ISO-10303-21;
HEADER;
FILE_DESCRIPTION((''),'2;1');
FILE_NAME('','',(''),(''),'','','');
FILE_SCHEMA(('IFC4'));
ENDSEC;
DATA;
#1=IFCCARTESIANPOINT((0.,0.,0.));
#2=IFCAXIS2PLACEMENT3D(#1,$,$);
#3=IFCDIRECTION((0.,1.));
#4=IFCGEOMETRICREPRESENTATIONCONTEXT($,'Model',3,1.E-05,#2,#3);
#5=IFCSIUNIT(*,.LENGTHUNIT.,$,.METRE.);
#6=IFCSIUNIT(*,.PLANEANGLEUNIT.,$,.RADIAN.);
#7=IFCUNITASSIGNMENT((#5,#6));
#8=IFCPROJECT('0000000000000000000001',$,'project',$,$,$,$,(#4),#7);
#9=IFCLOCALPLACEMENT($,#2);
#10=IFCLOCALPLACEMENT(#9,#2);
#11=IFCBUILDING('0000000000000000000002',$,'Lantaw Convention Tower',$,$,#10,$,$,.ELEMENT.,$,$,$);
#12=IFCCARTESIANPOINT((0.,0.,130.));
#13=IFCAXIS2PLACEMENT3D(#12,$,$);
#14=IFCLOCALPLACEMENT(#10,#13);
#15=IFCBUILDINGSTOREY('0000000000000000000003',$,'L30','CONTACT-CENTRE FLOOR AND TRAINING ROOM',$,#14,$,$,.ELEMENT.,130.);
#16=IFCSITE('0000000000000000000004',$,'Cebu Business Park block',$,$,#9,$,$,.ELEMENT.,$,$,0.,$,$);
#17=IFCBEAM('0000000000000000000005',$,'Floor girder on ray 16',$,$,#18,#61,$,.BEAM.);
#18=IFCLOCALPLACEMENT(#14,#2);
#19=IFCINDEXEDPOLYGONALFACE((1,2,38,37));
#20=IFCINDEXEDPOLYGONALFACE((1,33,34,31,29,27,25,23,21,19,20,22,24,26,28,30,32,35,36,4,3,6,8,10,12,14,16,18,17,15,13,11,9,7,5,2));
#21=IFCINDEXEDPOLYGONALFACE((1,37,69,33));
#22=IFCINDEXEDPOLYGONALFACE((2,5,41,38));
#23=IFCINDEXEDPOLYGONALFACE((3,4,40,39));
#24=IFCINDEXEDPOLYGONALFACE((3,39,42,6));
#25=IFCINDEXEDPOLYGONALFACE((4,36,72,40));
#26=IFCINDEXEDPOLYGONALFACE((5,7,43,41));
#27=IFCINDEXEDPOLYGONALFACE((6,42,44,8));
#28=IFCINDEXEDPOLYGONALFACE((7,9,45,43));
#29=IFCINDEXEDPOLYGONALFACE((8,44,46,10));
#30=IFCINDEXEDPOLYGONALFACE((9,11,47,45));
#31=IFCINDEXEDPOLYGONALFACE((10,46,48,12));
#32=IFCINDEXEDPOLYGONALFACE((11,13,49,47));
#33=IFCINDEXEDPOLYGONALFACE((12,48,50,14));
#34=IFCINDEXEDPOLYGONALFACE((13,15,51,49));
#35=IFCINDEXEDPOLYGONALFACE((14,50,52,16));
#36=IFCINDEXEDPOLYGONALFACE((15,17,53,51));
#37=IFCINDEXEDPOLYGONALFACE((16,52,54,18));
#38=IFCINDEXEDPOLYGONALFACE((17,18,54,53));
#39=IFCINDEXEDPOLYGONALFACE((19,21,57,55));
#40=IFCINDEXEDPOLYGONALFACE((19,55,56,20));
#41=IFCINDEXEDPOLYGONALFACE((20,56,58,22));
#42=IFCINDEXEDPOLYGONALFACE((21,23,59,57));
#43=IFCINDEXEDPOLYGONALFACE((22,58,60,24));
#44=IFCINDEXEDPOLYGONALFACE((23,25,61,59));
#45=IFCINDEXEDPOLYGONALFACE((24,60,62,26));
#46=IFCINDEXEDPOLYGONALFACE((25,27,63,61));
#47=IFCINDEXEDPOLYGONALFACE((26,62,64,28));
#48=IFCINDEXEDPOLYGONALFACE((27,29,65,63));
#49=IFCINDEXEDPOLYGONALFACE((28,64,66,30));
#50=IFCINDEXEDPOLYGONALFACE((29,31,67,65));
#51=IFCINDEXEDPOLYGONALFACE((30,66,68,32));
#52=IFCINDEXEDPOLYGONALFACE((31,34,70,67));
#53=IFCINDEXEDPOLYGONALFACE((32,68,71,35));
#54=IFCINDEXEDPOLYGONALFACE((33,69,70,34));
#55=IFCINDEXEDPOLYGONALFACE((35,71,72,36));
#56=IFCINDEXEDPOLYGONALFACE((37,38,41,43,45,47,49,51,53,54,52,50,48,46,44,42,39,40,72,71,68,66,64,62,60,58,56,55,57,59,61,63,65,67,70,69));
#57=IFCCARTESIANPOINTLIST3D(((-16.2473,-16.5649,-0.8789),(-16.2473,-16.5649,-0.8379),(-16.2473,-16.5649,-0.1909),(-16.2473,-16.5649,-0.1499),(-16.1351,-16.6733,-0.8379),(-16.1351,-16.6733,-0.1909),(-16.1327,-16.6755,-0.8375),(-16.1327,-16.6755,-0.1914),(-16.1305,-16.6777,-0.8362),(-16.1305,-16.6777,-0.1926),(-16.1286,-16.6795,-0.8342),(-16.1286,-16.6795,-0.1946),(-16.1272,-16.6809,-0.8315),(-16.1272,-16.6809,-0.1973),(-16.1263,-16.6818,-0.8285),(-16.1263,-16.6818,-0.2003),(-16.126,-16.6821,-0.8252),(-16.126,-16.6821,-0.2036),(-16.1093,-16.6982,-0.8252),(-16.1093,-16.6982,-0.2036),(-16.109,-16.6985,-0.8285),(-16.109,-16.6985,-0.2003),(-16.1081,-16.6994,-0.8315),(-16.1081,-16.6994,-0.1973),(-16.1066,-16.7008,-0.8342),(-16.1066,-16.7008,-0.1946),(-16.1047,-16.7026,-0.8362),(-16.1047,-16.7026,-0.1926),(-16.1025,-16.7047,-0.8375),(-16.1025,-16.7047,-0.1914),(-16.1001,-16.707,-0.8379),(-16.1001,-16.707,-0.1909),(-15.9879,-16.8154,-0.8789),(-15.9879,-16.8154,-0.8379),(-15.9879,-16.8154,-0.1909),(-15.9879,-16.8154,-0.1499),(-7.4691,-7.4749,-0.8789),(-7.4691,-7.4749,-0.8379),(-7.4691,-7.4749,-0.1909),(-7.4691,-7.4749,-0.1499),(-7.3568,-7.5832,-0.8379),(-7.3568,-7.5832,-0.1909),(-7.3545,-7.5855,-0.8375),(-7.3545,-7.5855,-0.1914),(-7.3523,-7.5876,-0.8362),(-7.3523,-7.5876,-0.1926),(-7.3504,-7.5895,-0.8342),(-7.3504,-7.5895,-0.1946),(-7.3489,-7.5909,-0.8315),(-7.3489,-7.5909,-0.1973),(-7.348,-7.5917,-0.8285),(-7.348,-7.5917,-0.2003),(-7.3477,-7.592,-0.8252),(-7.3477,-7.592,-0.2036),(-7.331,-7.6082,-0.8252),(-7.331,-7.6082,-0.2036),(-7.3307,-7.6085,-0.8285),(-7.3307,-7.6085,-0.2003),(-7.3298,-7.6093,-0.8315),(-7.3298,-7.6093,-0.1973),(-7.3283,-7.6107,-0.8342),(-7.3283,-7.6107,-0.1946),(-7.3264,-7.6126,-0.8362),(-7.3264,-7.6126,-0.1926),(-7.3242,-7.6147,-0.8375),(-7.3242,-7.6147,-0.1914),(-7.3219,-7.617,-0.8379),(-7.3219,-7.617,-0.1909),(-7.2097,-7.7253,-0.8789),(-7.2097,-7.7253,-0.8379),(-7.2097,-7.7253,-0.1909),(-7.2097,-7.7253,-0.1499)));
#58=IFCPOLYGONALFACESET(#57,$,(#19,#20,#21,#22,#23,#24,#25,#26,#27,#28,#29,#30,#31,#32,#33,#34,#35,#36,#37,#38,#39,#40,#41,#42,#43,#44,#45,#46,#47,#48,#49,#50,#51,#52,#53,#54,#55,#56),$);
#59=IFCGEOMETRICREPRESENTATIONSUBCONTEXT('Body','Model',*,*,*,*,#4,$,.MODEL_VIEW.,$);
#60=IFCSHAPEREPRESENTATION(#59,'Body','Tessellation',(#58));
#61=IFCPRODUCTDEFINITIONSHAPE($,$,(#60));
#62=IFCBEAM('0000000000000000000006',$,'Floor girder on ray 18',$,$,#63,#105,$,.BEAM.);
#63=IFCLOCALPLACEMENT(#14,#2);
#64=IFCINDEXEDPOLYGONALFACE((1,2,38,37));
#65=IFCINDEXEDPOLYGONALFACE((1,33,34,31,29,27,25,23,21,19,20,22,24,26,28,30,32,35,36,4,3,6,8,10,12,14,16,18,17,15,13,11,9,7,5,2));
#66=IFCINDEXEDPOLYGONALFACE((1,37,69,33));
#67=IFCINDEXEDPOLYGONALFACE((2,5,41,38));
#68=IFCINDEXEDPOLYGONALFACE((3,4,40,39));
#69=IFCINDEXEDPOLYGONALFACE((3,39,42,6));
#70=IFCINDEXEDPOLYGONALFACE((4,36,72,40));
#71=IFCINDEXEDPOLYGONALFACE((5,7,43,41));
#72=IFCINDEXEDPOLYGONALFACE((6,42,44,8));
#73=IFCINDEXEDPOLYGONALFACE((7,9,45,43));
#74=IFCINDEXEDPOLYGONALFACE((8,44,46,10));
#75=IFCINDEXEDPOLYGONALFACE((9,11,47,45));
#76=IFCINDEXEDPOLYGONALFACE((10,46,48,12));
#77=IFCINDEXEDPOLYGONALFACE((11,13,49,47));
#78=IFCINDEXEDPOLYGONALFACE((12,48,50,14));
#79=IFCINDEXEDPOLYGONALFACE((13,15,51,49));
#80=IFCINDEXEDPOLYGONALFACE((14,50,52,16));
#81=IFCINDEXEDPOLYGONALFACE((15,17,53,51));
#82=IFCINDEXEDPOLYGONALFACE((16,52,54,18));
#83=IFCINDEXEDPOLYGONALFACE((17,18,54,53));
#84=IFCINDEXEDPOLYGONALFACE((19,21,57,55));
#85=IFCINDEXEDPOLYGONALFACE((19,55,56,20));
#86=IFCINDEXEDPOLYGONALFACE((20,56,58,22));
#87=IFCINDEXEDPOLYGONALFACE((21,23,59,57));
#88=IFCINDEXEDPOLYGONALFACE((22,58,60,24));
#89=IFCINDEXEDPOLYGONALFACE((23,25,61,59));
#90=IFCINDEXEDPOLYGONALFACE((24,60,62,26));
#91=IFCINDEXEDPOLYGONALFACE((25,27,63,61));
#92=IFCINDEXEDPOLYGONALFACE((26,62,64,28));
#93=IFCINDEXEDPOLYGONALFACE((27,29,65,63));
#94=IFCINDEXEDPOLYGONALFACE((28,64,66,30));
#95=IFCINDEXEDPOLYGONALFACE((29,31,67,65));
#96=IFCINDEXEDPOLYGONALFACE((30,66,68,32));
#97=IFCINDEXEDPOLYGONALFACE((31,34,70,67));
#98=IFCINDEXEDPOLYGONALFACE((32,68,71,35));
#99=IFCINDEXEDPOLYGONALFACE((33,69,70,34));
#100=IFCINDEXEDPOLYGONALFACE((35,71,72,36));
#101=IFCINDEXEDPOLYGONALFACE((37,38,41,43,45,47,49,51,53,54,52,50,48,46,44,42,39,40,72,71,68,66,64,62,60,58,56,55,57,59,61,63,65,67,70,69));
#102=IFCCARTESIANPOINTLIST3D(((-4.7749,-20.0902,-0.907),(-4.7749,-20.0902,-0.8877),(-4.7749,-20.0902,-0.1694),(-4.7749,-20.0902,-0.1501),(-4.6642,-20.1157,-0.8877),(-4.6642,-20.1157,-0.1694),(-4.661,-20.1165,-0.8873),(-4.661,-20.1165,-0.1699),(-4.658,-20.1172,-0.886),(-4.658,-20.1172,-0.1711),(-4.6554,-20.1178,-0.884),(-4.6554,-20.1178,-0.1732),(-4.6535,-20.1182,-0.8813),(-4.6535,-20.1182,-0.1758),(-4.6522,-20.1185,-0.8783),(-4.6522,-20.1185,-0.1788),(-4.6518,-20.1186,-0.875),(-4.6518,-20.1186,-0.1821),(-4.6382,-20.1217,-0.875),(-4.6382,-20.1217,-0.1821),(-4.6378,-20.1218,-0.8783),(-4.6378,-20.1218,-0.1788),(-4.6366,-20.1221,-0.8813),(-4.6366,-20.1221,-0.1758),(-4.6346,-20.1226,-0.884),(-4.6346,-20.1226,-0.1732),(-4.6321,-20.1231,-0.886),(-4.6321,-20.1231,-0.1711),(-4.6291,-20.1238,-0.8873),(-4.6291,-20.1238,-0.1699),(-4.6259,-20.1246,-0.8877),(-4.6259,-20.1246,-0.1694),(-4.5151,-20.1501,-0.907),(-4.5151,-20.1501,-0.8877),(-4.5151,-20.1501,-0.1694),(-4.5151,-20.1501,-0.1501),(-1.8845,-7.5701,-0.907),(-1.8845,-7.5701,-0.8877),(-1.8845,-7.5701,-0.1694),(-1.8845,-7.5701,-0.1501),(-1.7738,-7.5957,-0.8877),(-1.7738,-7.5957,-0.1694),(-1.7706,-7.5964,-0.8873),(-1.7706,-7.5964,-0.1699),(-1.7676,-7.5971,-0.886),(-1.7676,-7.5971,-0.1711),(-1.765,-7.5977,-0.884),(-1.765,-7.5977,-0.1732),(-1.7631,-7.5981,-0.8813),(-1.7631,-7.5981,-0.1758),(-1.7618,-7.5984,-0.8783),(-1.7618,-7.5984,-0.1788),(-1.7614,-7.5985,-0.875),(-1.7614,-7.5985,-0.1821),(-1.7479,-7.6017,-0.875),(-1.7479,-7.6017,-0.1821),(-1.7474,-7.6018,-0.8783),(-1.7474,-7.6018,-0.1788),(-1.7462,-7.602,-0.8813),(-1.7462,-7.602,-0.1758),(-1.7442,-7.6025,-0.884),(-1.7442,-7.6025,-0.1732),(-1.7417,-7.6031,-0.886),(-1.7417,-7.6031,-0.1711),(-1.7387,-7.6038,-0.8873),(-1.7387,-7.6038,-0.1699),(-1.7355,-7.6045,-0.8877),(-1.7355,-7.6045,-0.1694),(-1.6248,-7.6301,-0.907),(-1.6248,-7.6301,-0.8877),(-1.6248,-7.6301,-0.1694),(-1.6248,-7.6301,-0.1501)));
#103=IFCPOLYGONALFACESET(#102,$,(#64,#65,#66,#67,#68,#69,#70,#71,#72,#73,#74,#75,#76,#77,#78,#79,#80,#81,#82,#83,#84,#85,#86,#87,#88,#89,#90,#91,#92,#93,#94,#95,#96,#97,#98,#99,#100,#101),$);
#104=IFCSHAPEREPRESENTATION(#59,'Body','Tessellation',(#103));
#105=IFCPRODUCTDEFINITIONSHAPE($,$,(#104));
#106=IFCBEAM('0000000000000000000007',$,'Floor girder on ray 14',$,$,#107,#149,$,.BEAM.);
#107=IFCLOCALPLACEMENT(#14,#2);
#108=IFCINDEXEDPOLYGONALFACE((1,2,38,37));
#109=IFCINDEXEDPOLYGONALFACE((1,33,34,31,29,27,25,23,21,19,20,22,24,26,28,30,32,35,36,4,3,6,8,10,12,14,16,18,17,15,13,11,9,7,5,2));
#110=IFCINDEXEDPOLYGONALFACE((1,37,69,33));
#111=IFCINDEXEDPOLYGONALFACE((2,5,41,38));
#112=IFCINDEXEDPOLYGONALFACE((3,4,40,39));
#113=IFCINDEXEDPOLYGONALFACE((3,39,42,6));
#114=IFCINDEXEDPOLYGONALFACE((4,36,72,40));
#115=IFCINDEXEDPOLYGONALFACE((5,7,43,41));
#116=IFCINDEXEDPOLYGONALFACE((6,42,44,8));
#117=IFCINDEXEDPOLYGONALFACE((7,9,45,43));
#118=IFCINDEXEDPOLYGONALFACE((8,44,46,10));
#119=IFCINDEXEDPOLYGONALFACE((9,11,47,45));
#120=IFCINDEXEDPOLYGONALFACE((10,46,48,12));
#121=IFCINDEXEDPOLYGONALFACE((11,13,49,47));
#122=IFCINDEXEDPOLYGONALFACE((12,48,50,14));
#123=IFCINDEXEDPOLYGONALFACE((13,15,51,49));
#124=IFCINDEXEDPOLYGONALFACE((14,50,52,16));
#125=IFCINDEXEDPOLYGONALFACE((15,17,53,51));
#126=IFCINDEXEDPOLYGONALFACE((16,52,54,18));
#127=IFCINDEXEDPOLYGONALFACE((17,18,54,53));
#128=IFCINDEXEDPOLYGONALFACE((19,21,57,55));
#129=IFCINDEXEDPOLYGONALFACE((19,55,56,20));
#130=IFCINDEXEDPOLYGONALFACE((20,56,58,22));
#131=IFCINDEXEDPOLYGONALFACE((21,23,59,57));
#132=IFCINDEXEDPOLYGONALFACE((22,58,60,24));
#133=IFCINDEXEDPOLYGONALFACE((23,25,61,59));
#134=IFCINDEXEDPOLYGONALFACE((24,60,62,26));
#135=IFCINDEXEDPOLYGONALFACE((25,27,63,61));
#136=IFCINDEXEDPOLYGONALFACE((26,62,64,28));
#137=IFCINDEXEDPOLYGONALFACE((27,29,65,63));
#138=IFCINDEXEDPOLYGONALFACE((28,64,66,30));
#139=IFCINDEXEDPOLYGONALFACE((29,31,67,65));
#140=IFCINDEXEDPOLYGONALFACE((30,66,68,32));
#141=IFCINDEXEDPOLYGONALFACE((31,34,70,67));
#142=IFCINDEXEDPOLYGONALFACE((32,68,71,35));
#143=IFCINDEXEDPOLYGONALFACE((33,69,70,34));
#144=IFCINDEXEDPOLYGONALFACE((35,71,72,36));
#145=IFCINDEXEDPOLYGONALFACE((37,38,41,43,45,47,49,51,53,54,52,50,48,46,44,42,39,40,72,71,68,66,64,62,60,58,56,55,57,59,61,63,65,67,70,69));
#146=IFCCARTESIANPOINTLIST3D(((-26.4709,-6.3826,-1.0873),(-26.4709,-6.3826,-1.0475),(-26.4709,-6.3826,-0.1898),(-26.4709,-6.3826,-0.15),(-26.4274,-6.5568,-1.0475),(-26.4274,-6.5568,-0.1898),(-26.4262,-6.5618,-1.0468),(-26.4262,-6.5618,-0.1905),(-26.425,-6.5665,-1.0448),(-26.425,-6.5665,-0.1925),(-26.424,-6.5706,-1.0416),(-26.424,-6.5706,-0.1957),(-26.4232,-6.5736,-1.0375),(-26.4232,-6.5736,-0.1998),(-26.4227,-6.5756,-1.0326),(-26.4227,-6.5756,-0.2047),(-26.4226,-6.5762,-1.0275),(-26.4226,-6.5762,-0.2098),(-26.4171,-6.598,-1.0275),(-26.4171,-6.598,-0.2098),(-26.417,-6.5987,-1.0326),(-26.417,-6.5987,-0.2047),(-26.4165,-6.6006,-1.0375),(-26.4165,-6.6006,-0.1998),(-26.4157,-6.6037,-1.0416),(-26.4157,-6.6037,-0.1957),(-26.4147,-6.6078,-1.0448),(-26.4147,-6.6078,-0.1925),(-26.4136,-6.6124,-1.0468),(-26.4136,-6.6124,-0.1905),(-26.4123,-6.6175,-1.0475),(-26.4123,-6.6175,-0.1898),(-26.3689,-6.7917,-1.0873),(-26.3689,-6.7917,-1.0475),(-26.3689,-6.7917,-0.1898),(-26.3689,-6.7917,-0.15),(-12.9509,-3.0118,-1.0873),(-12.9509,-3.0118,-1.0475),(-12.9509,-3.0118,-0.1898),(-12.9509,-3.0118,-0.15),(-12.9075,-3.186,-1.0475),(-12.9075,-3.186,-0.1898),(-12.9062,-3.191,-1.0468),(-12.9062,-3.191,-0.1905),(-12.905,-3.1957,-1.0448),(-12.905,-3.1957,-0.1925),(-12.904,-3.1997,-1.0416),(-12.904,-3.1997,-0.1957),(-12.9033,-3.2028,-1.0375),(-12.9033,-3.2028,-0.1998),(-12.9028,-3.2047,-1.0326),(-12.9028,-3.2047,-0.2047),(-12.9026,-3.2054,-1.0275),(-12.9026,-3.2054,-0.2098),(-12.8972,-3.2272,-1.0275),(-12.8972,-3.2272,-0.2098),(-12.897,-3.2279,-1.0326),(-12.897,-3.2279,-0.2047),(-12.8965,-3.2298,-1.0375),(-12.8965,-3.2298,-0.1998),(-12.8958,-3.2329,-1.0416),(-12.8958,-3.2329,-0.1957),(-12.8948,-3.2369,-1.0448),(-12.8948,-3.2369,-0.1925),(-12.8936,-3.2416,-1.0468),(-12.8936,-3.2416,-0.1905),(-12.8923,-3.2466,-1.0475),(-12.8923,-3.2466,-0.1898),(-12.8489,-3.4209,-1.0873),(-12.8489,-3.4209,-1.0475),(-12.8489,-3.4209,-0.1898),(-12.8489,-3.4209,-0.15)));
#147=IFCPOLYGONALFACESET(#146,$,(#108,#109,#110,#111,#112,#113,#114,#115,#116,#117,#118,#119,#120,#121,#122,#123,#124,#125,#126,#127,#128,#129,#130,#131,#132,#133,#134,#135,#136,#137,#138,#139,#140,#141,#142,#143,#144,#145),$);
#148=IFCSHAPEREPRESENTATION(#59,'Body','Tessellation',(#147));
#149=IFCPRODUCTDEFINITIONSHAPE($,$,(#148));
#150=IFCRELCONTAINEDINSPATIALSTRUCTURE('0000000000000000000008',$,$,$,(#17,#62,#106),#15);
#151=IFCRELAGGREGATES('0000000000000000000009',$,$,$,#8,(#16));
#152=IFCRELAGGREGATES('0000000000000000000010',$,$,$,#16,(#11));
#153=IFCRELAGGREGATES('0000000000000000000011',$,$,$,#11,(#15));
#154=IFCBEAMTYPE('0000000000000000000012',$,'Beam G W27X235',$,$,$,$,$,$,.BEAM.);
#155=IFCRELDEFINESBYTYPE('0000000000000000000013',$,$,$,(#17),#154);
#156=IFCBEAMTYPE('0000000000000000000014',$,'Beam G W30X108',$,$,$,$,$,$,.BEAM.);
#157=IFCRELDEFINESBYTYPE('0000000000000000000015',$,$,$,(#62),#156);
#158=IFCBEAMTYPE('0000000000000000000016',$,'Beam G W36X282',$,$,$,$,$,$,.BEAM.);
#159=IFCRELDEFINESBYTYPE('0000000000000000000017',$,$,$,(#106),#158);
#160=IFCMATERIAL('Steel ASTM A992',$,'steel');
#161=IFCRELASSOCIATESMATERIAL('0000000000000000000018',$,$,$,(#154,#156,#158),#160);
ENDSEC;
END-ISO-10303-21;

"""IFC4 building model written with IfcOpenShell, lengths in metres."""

from ifc_helpers import new_model, si_unit, direction, frame, origin, origin_2d, place, context, subcontext, project, spatial, i_section, extrude, material, material_profile, profile_set, type_object, element, save


model = new_model("IFC4")

# Units and contexts
model_context = context("Model", 3, precision=1e-05, world=origin(), true_north=direction((0.0, 1.0)))
body_context = subcontext(model_context, "Body", "Model", "MODEL_VIEW")
ifc_project = project(units=[si_unit("LENGTHUNIT", "METRE"), si_unit("PLANEANGLEUNIT", "RADIAN")], contexts=[model_context])

# Site, building, storey
site_placement = place(None, origin())
site = spatial("IfcSite", under=ifc_project, at=site_placement, Name="Cebu Business Park block", CompositionType="ELEMENT", RefElevation=0.0)
building_placement = place(site_placement, origin())
building = spatial("IfcBuilding", under=site, at=building_placement, Name="Lantaw Convention Tower", CompositionType="ELEMENT")
storey_placement = place(building_placement, frame((0.0, 0.0, 130.0)))
storey = spatial("IfcBuildingStorey", under=building, at=storey_placement, Name="L30", Description="CONTACT-CENTRE FLOOR AND TRAINING ROOM", CompositionType="ELEMENT", Elevation=130.0)

# Beams
ifc_material_1 = material(Name="Steel ASTM A992", Category="steel")
ifc_material_profile_1 = material_profile(ifc_material_1, i_section(OverallWidth=0.3606, OverallDepth=0.729, WebThickness=0.0232, FlangeThickness=0.041, FilletRadius=0.0127, at=origin_2d()), Name="W27X235")
ifc_profile_set_1 = profile_set([ifc_material_profile_1], Name="Steel ASTM A992")
beam_type_1 = type_object("IfcBeamType", Name="Beam G W27X235", PredefinedType="BEAM", material=ifc_profile_set_1)
beam_1_placement = place(storey_placement, frame((-7.3394, -7.6001, -0.5144), z_axis=(-0.694663, -0.719335, 0.0), x_axis=(0.719335, -0.694663, 0.0)))
element("IfcBeam", 1, at=beam_1_placement, inside=storey, type_object=beam_type_1, Name="Floor girder on ray 16", PredefinedType="BEAM", context=body_context, shape_type="SweptSolid", body=[
    extrude(i_section(OverallWidth=0.3606, OverallDepth=0.729, WebThickness=0.0232, FlangeThickness=0.041, FilletRadius=0.0127, at=origin_2d()), origin(), (0.0, 0.0, 1.0), 12.6367),
])
ifc_material_profile_2 = material_profile(ifc_material_1, i_section(OverallWidth=0.2666, OverallDepth=0.7568, WebThickness=0.0139, FlangeThickness=0.0193, FilletRadius=0.0127, at=origin_2d()), Name="W30X108")
ifc_profile_set_2 = profile_set([ifc_material_profile_2], Name="Steel ASTM A992")
beam_type_2 = type_object("IfcBeamType", Name="Beam G W30X108", PredefinedType="BEAM", material=ifc_profile_set_2)
beam_2_placement = place(storey_placement, frame((-1.7546, -7.6001, -0.5286), z_axis=(-0.224944, -0.974372, 0.0), x_axis=(0.974372, -0.224944, 0.0)))
element("IfcBeam", 2, at=beam_2_placement, inside=storey, type_object=beam_type_2, Name="Floor girder on ray 18", PredefinedType="BEAM", context=body_context, shape_type="SweptSolid", body=[
    extrude(i_section(OverallWidth=0.2666, OverallDepth=0.7568, WebThickness=0.0139, FlangeThickness=0.0193, FilletRadius=0.0127, at=origin_2d()), origin(), (0.0, 0.0, 1.0), 12.8494),
])
ifc_material_profile_3 = material_profile(ifc_material_1, i_section(OverallWidth=0.4216, OverallDepth=0.9373, WebThickness=0.0225, FlangeThickness=0.0398, FilletRadius=0.02, at=origin_2d()), Name="W36X282")
ifc_profile_set_3 = profile_set([ifc_material_profile_3], Name="Steel ASTM A992")
beam_type_3 = type_object("IfcBeamType", Name="Beam G W36X282", PredefinedType="BEAM", material=ifc_profile_set_3)
beam_3_placement = place(storey_placement, frame((-12.8999, -3.2163, -0.6187), z_axis=(-0.970297, -0.241917, 0.0), x_axis=(0.241917, -0.970297, 0.0)))
element("IfcBeam", 3, at=beam_3_placement, inside=storey, type_object=beam_type_3, Name="Floor girder on ray 14", PredefinedType="BEAM", context=body_context, shape_type="SweptSolid", body=[
    extrude(i_section(OverallWidth=0.4216, OverallDepth=0.9373, WebThickness=0.0225, FlangeThickness=0.0398, FilletRadius=0.02, at=origin_2d()), origin(), (0.0, 0.0, 1.0), 13.9338),
])

save(model, "model.ifc")
